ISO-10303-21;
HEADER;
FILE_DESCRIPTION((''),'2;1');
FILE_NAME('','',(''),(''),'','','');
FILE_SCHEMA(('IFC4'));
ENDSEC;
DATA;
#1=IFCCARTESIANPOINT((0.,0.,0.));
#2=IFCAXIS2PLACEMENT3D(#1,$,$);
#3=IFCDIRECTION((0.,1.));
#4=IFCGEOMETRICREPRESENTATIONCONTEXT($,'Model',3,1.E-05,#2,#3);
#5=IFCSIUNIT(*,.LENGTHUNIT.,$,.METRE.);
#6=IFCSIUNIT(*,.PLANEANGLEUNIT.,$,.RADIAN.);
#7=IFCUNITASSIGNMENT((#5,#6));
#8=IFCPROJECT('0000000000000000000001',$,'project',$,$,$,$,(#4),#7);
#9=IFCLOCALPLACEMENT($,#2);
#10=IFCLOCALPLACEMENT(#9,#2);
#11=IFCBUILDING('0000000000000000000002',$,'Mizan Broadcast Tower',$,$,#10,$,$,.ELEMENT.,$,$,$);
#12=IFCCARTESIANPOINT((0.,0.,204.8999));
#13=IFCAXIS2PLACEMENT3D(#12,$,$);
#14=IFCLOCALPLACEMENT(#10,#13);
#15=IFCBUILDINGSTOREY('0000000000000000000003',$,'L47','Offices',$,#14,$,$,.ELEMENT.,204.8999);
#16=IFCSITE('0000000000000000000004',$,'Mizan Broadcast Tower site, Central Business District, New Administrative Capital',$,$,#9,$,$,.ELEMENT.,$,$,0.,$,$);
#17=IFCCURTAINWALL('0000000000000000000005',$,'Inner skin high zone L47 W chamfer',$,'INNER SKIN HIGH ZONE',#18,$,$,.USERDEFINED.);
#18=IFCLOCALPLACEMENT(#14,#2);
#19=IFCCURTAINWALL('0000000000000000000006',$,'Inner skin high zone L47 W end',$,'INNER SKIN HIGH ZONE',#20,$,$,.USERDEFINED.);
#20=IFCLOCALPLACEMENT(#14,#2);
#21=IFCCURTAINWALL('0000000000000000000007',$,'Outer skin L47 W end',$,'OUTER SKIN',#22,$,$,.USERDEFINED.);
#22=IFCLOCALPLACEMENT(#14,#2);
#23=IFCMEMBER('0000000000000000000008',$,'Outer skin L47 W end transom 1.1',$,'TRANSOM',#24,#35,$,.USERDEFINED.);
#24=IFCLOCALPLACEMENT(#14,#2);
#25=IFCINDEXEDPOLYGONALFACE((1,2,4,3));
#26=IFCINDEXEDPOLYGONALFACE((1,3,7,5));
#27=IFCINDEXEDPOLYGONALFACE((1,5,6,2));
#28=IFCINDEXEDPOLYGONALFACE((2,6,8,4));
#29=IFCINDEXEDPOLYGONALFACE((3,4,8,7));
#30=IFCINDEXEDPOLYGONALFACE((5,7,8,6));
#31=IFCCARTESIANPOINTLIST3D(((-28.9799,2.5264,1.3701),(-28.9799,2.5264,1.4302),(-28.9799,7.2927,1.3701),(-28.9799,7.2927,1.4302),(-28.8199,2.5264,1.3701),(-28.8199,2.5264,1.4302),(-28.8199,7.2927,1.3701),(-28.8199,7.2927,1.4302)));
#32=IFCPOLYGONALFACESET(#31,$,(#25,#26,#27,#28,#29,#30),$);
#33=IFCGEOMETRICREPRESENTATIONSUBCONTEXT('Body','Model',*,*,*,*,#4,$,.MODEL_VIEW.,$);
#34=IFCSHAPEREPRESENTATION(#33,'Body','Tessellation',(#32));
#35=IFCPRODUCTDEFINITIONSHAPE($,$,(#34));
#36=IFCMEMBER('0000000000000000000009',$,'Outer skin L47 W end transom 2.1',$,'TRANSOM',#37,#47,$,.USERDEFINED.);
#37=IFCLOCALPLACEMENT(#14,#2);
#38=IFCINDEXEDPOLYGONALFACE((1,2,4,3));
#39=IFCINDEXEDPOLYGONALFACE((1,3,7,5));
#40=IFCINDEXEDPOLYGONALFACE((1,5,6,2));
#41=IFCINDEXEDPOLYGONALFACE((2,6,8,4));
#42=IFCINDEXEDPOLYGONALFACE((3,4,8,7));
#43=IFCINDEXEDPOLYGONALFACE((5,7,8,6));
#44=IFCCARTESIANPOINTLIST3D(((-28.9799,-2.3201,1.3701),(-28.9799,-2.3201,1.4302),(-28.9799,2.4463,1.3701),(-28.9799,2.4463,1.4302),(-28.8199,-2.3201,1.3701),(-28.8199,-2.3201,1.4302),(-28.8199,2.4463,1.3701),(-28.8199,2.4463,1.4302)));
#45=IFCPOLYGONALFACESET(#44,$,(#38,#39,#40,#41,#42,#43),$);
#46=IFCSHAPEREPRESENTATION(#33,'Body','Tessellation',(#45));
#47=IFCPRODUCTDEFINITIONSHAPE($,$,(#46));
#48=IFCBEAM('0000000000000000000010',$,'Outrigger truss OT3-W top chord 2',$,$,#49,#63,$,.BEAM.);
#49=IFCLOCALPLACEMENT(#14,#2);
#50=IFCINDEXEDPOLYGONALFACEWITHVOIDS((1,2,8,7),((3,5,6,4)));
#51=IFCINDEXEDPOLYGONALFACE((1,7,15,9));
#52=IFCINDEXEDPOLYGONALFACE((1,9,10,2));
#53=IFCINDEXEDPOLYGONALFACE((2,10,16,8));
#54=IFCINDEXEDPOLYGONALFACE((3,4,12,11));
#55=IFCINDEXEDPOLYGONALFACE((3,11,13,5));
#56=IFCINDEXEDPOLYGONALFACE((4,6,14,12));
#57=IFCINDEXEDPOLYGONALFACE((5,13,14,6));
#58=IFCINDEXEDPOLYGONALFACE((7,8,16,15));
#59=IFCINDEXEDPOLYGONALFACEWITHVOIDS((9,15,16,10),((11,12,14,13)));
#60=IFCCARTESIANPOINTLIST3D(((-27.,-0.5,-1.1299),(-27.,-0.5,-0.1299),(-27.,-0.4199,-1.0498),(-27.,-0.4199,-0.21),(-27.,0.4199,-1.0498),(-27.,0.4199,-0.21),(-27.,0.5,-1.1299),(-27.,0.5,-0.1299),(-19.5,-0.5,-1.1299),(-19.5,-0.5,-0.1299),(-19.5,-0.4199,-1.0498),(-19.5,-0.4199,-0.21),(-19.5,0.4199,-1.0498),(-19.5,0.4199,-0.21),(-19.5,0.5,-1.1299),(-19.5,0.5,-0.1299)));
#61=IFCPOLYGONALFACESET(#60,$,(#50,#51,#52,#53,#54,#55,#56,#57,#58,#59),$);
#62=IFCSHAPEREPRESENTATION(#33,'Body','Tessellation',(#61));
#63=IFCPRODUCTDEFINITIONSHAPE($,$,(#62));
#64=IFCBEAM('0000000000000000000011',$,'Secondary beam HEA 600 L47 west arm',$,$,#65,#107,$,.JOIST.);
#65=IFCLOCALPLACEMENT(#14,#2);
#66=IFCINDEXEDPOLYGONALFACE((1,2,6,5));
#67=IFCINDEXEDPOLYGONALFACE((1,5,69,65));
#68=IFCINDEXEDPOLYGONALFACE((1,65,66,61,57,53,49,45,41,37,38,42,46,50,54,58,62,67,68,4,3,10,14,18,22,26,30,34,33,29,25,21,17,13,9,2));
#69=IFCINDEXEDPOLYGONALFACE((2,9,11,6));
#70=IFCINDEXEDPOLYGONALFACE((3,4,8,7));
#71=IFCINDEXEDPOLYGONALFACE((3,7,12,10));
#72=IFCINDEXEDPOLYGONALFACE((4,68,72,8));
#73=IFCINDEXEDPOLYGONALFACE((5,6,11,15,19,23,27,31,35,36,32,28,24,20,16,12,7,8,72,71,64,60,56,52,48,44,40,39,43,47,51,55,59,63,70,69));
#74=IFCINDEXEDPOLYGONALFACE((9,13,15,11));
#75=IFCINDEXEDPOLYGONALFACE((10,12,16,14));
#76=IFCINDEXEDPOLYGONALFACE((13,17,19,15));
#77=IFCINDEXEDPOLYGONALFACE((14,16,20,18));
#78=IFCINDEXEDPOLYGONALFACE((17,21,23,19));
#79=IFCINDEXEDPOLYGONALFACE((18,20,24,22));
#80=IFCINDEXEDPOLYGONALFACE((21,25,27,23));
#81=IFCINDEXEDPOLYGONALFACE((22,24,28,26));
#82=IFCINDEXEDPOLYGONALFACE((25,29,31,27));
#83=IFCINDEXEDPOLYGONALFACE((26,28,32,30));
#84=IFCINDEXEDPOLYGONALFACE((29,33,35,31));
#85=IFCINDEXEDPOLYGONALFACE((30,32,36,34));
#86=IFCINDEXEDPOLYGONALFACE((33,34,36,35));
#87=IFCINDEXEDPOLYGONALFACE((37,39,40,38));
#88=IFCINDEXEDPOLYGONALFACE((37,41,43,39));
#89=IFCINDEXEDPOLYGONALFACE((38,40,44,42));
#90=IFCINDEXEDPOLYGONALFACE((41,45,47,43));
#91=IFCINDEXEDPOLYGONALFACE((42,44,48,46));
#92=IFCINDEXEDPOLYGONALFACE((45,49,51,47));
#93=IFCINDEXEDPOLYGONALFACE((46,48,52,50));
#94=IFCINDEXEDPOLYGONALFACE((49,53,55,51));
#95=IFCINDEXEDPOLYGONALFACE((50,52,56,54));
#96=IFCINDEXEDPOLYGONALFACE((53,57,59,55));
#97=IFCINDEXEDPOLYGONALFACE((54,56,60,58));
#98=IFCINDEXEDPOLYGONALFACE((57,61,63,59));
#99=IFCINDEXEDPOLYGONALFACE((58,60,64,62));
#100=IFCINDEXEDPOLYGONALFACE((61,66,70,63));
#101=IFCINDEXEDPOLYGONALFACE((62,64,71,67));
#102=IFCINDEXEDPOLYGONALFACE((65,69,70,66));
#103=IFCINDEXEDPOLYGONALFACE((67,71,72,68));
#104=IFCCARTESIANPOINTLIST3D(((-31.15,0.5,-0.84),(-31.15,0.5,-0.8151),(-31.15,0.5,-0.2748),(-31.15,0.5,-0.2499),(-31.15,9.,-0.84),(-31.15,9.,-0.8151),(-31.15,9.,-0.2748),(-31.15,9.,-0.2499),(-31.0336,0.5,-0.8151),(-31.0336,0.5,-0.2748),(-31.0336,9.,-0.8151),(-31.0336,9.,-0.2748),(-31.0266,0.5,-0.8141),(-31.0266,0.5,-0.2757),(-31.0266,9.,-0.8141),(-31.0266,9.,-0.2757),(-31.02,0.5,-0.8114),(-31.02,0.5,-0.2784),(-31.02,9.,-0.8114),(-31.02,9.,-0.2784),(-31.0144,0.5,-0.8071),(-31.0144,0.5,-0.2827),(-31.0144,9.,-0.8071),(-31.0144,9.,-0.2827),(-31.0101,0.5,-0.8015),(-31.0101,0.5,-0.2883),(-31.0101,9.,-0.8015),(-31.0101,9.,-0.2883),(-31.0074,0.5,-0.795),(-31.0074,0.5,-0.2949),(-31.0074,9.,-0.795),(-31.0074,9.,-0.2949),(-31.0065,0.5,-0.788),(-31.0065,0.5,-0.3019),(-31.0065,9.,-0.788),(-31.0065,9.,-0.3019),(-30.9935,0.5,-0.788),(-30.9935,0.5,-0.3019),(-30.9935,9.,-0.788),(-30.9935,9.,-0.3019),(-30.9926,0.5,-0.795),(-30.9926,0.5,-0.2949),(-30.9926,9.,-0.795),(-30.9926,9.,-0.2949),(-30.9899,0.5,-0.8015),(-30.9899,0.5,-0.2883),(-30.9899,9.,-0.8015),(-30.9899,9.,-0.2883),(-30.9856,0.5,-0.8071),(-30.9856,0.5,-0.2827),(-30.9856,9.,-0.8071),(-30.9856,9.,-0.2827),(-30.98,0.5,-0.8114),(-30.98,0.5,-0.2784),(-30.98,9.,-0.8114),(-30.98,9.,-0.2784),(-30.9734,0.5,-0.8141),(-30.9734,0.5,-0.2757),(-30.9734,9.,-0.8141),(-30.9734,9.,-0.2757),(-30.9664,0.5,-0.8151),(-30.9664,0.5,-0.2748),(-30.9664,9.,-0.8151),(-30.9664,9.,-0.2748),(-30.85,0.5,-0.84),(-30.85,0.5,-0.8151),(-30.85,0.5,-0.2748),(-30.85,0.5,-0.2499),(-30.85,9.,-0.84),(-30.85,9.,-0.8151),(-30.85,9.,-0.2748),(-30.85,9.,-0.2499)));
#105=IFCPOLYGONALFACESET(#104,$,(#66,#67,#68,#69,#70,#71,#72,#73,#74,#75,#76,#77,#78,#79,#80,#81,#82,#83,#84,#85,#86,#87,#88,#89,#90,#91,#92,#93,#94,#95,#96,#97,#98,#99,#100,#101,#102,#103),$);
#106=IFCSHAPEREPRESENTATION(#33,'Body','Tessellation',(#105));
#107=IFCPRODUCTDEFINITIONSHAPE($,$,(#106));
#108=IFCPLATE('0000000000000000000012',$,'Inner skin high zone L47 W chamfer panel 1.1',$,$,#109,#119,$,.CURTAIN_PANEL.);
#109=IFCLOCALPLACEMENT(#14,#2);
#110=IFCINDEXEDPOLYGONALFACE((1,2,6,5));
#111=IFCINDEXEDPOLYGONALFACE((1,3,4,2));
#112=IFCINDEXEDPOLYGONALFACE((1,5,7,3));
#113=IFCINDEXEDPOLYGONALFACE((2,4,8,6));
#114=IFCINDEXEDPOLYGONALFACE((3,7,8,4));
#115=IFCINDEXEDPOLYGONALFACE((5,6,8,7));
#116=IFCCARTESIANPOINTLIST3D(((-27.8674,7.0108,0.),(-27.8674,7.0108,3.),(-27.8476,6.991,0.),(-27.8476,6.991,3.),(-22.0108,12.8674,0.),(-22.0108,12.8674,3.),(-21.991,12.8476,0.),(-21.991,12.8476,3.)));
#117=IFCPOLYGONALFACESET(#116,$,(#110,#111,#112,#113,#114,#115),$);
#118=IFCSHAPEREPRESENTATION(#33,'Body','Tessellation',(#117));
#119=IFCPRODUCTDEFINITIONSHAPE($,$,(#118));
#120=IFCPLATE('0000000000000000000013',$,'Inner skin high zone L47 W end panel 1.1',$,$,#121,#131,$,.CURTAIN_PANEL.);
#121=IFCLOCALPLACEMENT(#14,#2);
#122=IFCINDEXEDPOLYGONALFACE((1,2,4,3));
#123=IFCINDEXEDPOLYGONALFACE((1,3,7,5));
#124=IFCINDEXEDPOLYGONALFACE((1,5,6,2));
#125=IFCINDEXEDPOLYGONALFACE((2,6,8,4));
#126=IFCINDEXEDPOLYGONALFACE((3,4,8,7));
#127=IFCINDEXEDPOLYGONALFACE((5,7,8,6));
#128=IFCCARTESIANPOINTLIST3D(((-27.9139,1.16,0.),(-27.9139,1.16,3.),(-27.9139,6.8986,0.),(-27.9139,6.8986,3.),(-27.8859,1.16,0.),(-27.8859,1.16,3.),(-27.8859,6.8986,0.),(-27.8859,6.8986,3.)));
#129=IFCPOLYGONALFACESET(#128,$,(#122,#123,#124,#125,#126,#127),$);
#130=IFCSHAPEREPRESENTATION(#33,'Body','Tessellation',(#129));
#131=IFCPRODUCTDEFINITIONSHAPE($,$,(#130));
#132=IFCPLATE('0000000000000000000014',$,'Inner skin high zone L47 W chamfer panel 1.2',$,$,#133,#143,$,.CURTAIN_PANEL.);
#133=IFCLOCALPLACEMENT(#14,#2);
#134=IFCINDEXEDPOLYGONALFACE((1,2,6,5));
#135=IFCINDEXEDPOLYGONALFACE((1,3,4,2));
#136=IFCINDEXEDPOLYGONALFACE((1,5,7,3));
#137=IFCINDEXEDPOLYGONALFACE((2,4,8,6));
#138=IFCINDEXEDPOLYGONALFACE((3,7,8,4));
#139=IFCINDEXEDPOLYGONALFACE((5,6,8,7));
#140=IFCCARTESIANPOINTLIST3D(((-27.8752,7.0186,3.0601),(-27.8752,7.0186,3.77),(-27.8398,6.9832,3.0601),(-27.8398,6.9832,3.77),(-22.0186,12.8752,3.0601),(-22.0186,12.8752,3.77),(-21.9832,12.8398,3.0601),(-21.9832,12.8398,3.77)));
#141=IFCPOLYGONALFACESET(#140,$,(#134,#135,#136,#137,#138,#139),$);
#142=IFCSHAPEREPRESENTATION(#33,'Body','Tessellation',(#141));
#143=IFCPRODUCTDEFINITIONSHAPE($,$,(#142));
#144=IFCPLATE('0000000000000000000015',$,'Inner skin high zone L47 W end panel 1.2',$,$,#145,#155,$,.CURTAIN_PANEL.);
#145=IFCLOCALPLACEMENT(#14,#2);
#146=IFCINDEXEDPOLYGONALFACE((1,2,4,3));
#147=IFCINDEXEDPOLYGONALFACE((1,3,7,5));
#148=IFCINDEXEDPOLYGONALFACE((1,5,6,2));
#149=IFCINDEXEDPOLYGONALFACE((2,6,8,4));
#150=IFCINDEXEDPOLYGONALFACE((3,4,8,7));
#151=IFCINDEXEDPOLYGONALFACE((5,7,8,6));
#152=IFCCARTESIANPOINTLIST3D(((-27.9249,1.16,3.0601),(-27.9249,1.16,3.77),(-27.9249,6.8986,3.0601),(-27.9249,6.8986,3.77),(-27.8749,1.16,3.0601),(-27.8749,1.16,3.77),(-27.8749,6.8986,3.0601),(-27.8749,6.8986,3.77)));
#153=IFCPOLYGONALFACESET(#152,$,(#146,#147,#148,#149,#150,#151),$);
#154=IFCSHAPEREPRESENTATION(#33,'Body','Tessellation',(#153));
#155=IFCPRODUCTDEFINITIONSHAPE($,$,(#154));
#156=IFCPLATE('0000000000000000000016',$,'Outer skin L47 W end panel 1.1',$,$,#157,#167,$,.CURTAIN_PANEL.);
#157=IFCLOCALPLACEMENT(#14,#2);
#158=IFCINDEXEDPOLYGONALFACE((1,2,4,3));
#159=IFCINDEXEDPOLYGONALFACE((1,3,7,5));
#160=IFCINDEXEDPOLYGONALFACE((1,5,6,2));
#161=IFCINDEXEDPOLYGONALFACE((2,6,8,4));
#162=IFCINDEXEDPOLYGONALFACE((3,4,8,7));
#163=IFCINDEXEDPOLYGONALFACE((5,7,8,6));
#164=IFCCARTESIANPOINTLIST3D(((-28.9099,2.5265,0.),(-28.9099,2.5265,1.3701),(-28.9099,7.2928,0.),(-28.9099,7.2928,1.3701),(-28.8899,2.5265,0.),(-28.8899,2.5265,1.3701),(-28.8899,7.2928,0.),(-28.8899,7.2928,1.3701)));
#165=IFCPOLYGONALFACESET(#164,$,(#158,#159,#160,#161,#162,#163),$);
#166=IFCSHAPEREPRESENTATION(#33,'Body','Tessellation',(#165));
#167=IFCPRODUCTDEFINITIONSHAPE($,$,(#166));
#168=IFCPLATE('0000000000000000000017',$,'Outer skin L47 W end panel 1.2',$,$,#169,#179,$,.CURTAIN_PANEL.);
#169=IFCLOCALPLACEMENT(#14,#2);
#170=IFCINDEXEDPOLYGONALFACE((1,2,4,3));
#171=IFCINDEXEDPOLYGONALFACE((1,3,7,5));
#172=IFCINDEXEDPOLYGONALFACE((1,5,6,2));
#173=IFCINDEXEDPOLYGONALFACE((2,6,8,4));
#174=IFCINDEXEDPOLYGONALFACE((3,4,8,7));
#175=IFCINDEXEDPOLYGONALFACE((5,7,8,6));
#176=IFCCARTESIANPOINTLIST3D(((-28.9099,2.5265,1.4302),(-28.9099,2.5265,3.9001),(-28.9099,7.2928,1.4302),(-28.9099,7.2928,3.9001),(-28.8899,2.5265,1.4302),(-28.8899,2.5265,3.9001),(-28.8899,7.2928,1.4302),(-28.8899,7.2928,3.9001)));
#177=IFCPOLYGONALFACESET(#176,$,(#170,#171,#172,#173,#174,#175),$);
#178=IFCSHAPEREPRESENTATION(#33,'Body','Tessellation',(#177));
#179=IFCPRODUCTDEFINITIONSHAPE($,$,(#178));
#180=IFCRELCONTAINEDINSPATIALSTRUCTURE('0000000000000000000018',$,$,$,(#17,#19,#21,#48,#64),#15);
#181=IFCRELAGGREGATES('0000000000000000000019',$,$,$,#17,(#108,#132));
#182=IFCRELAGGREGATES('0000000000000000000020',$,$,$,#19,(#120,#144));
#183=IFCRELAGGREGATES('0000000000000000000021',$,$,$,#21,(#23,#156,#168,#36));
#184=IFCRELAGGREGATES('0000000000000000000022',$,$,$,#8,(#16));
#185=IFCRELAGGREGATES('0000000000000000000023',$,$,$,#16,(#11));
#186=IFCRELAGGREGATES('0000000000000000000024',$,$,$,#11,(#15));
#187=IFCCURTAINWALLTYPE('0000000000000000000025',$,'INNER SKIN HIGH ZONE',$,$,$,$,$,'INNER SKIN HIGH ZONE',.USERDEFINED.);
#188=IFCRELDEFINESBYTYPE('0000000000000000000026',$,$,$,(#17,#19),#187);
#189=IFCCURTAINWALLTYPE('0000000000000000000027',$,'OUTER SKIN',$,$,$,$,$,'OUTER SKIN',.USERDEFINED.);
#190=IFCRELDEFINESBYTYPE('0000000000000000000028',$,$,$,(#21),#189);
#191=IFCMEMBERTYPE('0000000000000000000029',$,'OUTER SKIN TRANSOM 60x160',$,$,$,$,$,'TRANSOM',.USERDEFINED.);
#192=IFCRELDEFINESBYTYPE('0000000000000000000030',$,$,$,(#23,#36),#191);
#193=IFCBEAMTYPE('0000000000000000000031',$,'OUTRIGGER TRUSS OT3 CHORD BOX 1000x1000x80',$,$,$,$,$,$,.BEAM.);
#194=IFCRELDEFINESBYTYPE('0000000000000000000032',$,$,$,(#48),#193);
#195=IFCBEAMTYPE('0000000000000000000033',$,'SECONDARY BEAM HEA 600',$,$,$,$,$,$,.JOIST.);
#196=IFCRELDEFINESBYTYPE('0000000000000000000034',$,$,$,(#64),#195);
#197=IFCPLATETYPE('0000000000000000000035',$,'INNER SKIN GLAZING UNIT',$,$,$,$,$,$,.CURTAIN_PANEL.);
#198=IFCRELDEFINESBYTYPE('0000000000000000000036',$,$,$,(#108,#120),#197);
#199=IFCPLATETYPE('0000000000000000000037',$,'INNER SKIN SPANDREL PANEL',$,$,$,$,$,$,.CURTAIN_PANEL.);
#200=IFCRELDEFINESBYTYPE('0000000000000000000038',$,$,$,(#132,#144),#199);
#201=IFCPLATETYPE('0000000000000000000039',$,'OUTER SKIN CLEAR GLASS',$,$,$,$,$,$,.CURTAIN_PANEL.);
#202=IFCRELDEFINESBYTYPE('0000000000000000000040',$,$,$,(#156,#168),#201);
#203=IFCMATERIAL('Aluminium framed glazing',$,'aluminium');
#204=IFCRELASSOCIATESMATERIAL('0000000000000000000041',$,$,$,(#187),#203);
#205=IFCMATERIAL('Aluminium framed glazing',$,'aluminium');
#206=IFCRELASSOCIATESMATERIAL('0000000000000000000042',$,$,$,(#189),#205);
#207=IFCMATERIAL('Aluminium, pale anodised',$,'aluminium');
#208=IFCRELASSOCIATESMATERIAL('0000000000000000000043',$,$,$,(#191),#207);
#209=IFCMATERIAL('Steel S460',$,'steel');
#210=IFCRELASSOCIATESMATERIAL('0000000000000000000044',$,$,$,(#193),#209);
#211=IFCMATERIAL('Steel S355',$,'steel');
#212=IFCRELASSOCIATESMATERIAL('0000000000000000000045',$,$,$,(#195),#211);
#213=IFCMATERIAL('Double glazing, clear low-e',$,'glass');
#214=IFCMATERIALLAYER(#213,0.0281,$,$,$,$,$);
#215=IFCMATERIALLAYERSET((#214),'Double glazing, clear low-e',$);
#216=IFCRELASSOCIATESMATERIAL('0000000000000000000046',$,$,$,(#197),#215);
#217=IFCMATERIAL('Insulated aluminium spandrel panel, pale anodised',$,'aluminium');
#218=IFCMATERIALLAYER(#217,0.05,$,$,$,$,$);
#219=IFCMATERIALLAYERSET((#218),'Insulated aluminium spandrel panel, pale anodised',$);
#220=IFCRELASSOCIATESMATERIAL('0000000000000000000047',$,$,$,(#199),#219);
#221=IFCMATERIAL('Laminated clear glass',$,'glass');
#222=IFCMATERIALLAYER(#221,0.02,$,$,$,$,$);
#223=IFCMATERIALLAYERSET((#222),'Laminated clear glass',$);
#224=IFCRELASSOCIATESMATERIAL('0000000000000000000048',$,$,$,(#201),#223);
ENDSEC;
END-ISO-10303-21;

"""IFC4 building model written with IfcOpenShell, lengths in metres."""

from ifc_helpers import new_model, si_unit, direction, frame, origin, origin_2d, place, context, subcontext, project, spatial, rectangle, hollow_rectangle, i_section, extrude, material, layer, layer_set, material_profile, profile_set, type_object, element, aggregate, save


model = new_model("IFC4")

# Units and contexts
model_context = context("Model", 3, precision=1e-05, world=origin(), true_north=direction((0.0, 1.0)))
body_context = subcontext(model_context, "Body", "Model", "MODEL_VIEW")
ifc_project = project(units=[si_unit("LENGTHUNIT", "METRE"), si_unit("PLANEANGLEUNIT", "RADIAN")], contexts=[model_context])

# Site, building, storey
site_placement = place(None, origin())
site = spatial("IfcSite", under=ifc_project, at=site_placement, Name="Mizan Broadcast Tower site, Central Business District, New Administrative Capital", CompositionType="ELEMENT", RefElevation=0.0)
building_placement = place(site_placement, origin())
building = spatial("IfcBuilding", under=site, at=building_placement, Name="Mizan Broadcast Tower", CompositionType="ELEMENT")
storey_placement = place(building_placement, frame((0.0, 0.0, 204.8999)))
storey = spatial("IfcBuildingStorey", under=building, at=storey_placement, Name="L47", Description="Offices", CompositionType="ELEMENT", Elevation=204.8999)

# Curtain walls
ifc_material_1 = material(Name="Aluminium framed glazing", Category="aluminium")
curtain_wall_type_1 = type_object("IfcCurtainWallType", Name="INNER SKIN HIGH ZONE", ElementType="INNER SKIN HIGH ZONE", PredefinedType="USERDEFINED", material=ifc_material_1)
curtain_wall_1_placement = place(storey_placement, origin())
curtain_wall_1 = element("IfcCurtainWall", 1, at=curtain_wall_1_placement, inside=storey, type_object=curtain_wall_type_1, Name="Inner skin high zone L47 W chamfer", ObjectType="INNER SKIN HIGH ZONE", PredefinedType="USERDEFINED")
curtain_wall_2_placement = place(storey_placement, origin())
curtain_wall_2 = element("IfcCurtainWall", 2, at=curtain_wall_2_placement, inside=storey, type_object=curtain_wall_type_1, Name="Inner skin high zone L47 W end", ObjectType="INNER SKIN HIGH ZONE", PredefinedType="USERDEFINED")

# Shared definitions
ifc_material_2 = material(Name="Aluminium framed glazing", Category="aluminium")
curtain_wall_type_2 = type_object("IfcCurtainWallType", Name="OUTER SKIN", ElementType="OUTER SKIN", PredefinedType="USERDEFINED", material=ifc_material_2)

# Curtain wall, members
curtain_wall_3_placement = place(storey_placement, origin())
curtain_wall_3 = element("IfcCurtainWall", 3, at=curtain_wall_3_placement, inside=storey, type_object=curtain_wall_type_2, Name="Outer skin L47 W end", ObjectType="OUTER SKIN", PredefinedType="USERDEFINED")
ifc_material_3 = material(Name="Aluminium, pale anodised", Category="aluminium")
ifc_material_profile_1 = material_profile(ifc_material_3, rectangle(XDim=0.1599, YDim=0.0601, at=origin_2d()), Name="TRANSOM 160x60")
ifc_profile_set_1 = profile_set([ifc_material_profile_1], Name="Aluminium, pale anodised")
member_type_1 = type_object("IfcMemberType", Name="OUTER SKIN TRANSOM 60x160", ElementType="TRANSOM", PredefinedType="USERDEFINED", material=ifc_profile_set_1)
member_1_placement = place(storey_placement, frame((-28.8999, 7.2927, 1.4001), z_axis=(0.0, -1.0, 0.0), x_axis=(1.0, 0.0, 0.0)))
member_1 = element("IfcMember", 4, at=member_1_placement, type_object=member_type_1, Name="Outer skin L47 W end transom 1.1", ObjectType="TRANSOM", PredefinedType="USERDEFINED", context=body_context, shape_type="SweptSolid", body=[
    extrude(rectangle(XDim=0.1599, YDim=0.0601, at=origin_2d()), origin(), (0.0, 0.0, 1.0), 4.7664),
])
member_2_placement = place(storey_placement, frame((-28.8999, 2.4463, 1.4001), z_axis=(0.0, -1.0, 0.0), x_axis=(1.0, 0.0, 0.0)))
member_2 = element("IfcMember", 5, at=member_2_placement, type_object=member_type_1, Name="Outer skin L47 W end transom 2.1", ObjectType="TRANSOM", PredefinedType="USERDEFINED", context=body_context, shape_type="SweptSolid", body=[
    extrude(rectangle(XDim=0.1599, YDim=0.0601, at=origin_2d()), origin(), (0.0, 0.0, 1.0), 4.7664),
])

# Beams
ifc_material_4 = material(Name="Steel S460", Category="steel")
ifc_material_profile_2 = material_profile(ifc_material_4, hollow_rectangle(XDim=1.0, YDim=1.0, WallThickness=0.0801, at=origin_2d()), Name="BOX 1000x1000x80")
ifc_profile_set_2 = profile_set([ifc_material_profile_2], Name="Steel S460")
beam_type_1 = type_object("IfcBeamType", Name="OUTRIGGER TRUSS OT3 CHORD BOX 1000x1000x80", PredefinedType="BEAM", material=ifc_profile_set_2)
beam_1_placement = place(storey_placement, frame((-19.5, 0.0, -0.6299), z_axis=(-1.0, 0.0, 0.0), x_axis=(0.0, -1.0, 0.0)))
element("IfcBeam", 6, at=beam_1_placement, inside=storey, type_object=beam_type_1, Name="Outrigger truss OT3-W top chord 2", PredefinedType="BEAM", context=body_context, shape_type="SweptSolid", body=[
    extrude(hollow_rectangle(XDim=1.0, YDim=1.0, WallThickness=0.0801, at=origin_2d()), origin(), (0.0, 0.0, 1.0), 7.5),
])
ifc_material_5 = material(Name="Steel S355", Category="steel")
ifc_material_profile_3 = material_profile(ifc_material_5, i_section(OverallWidth=0.3, OverallDepth=0.5901, WebThickness=0.0129, FlangeThickness=0.0249, FilletRadius=0.0271, at=origin_2d()), Name="HEA 600")
ifc_profile_set_3 = profile_set([ifc_material_profile_3], Name="Steel S355")
beam_type_2 = type_object("IfcBeamType", Name="SECONDARY BEAM HEA 600", PredefinedType="JOIST", material=ifc_profile_set_3)
beam_2_placement = place(storey_placement, frame((-31.0, 9.0, -0.5449), z_axis=(0.0, -1.0, 0.0), x_axis=(1.0, 0.0, 0.0)))
element("IfcBeam", 7, at=beam_2_placement, inside=storey, type_object=beam_type_2, Name="Secondary beam HEA 600 L47 west arm", PredefinedType="JOIST", context=body_context, shape_type="SweptSolid", body=[
    extrude(i_section(OverallWidth=0.3, OverallDepth=0.5901, WebThickness=0.0129, FlangeThickness=0.0249, FilletRadius=0.0271, at=origin_2d()), origin(), (0.0, 0.0, 1.0), 8.5),
])

# Plates
ifc_material_6 = material(Name="Double glazing, clear low-e", Category="glass")
ifc_layer_1 = layer(ifc_material_6, 0.0281)
ifc_layer_set_1 = layer_set([ifc_layer_1], Name="Double glazing, clear low-e")
plate_type_1 = type_object("IfcPlateType", Name="INNER SKIN GLAZING UNIT", PredefinedType="CURTAIN_PANEL", material=ifc_layer_set_1)
plate_1_placement = place(storey_placement, frame((-24.9292, 9.9292, 0.0), z_axis=(0.0, 0.0, 1.0), x_axis=(-0.707107, -0.707107, 0.0)))
plate_1 = element("IfcPlate", 8, at=plate_1_placement, type_object=plate_type_1, Name="Inner skin high zone L47 W chamfer panel 1.1", PredefinedType="CURTAIN_PANEL", context=body_context, shape_type="SweptSolid", body=[
    extrude(rectangle(XDim=8.2825, YDim=0.0281, at=origin_2d()), origin(), (0.0, 0.0, 1.0), 3.0),
])
plate_2_placement = place(storey_placement, frame((-27.8999, 4.0293, 0.0), z_axis=(0.0, 0.0, 1.0), x_axis=(0.0, -1.0, 0.0)))
plate_2 = element("IfcPlate", 9, at=plate_2_placement, type_object=plate_type_1, Name="Inner skin high zone L47 W end panel 1.1", PredefinedType="CURTAIN_PANEL", context=body_context, shape_type="SweptSolid", body=[
    extrude(rectangle(XDim=5.7385, YDim=0.0281, at=origin_2d()), origin(), (0.0, 0.0, 1.0), 3.0),
])
ifc_material_7 = material(Name="Insulated aluminium spandrel panel, pale anodised", Category="aluminium")
ifc_layer_2 = layer(ifc_material_7, 0.05)
ifc_layer_set_2 = layer_set([ifc_layer_2], Name="Insulated aluminium spandrel panel, pale anodised")
plate_type_2 = type_object("IfcPlateType", Name="INNER SKIN SPANDREL PANEL", PredefinedType="CURTAIN_PANEL", material=ifc_layer_set_2)
plate_3_placement = place(storey_placement, frame((-24.9292, 9.9292, 3.0601), z_axis=(0.0, 0.0, 1.0), x_axis=(-0.707107, -0.707107, 0.0)))
plate_3 = element("IfcPlate", 10, at=plate_3_placement, type_object=plate_type_2, Name="Inner skin high zone L47 W chamfer panel 1.2", PredefinedType="CURTAIN_PANEL", context=body_context, shape_type="SweptSolid", body=[
    extrude(rectangle(XDim=8.2825, YDim=0.05, at=origin_2d()), origin(), (0.0, 0.0, 1.0), 0.71),
])
aggregate(curtain_wall_1, [plate_1, plate_3])
plate_4_placement = place(storey_placement, frame((-27.8999, 4.0293, 3.0601), z_axis=(0.0, 0.0, 1.0), x_axis=(0.0, -1.0, 0.0)))
plate_4 = element("IfcPlate", 11, at=plate_4_placement, type_object=plate_type_2, Name="Inner skin high zone L47 W end panel 1.2", PredefinedType="CURTAIN_PANEL", context=body_context, shape_type="SweptSolid", body=[
    extrude(rectangle(XDim=5.7385, YDim=0.05, at=origin_2d()), origin(), (0.0, 0.0, 1.0), 0.71),
])
aggregate(curtain_wall_2, [plate_2, plate_4])
ifc_material_8 = material(Name="Laminated clear glass", Category="glass")
ifc_layer_3 = layer(ifc_material_8, 0.02)
ifc_layer_set_3 = layer_set([ifc_layer_3], Name="Laminated clear glass")
plate_type_3 = type_object("IfcPlateType", Name="OUTER SKIN CLEAR GLASS", PredefinedType="CURTAIN_PANEL", material=ifc_layer_set_3)
plate_5_placement = place(storey_placement, frame((-28.8999, 4.9097, 0.0), z_axis=(0.0, 0.0, 1.0), x_axis=(0.0, -1.0, 0.0)))
plate_5 = element("IfcPlate", 12, at=plate_5_placement, type_object=plate_type_3, Name="Outer skin L47 W end panel 1.1", PredefinedType="CURTAIN_PANEL", context=body_context, shape_type="SweptSolid", body=[
    extrude(rectangle(XDim=4.7664, YDim=0.02, at=origin_2d()), origin(), (0.0, 0.0, 1.0), 1.3701),
])
plate_6_placement = place(storey_placement, frame((-28.8999, 4.9097, 1.4302), z_axis=(0.0, 0.0, 1.0), x_axis=(0.0, -1.0, 0.0)))
plate_6 = element("IfcPlate", 13, at=plate_6_placement, type_object=plate_type_3, Name="Outer skin L47 W end panel 1.2", PredefinedType="CURTAIN_PANEL", context=body_context, shape_type="SweptSolid", body=[
    extrude(rectangle(XDim=4.7664, YDim=0.02, at=origin_2d()), origin(), (0.0, 0.0, 1.0), 2.47),
])
aggregate(curtain_wall_3, [member_1, plate_5, plate_6, member_2])

save(model, "model.ifc")
